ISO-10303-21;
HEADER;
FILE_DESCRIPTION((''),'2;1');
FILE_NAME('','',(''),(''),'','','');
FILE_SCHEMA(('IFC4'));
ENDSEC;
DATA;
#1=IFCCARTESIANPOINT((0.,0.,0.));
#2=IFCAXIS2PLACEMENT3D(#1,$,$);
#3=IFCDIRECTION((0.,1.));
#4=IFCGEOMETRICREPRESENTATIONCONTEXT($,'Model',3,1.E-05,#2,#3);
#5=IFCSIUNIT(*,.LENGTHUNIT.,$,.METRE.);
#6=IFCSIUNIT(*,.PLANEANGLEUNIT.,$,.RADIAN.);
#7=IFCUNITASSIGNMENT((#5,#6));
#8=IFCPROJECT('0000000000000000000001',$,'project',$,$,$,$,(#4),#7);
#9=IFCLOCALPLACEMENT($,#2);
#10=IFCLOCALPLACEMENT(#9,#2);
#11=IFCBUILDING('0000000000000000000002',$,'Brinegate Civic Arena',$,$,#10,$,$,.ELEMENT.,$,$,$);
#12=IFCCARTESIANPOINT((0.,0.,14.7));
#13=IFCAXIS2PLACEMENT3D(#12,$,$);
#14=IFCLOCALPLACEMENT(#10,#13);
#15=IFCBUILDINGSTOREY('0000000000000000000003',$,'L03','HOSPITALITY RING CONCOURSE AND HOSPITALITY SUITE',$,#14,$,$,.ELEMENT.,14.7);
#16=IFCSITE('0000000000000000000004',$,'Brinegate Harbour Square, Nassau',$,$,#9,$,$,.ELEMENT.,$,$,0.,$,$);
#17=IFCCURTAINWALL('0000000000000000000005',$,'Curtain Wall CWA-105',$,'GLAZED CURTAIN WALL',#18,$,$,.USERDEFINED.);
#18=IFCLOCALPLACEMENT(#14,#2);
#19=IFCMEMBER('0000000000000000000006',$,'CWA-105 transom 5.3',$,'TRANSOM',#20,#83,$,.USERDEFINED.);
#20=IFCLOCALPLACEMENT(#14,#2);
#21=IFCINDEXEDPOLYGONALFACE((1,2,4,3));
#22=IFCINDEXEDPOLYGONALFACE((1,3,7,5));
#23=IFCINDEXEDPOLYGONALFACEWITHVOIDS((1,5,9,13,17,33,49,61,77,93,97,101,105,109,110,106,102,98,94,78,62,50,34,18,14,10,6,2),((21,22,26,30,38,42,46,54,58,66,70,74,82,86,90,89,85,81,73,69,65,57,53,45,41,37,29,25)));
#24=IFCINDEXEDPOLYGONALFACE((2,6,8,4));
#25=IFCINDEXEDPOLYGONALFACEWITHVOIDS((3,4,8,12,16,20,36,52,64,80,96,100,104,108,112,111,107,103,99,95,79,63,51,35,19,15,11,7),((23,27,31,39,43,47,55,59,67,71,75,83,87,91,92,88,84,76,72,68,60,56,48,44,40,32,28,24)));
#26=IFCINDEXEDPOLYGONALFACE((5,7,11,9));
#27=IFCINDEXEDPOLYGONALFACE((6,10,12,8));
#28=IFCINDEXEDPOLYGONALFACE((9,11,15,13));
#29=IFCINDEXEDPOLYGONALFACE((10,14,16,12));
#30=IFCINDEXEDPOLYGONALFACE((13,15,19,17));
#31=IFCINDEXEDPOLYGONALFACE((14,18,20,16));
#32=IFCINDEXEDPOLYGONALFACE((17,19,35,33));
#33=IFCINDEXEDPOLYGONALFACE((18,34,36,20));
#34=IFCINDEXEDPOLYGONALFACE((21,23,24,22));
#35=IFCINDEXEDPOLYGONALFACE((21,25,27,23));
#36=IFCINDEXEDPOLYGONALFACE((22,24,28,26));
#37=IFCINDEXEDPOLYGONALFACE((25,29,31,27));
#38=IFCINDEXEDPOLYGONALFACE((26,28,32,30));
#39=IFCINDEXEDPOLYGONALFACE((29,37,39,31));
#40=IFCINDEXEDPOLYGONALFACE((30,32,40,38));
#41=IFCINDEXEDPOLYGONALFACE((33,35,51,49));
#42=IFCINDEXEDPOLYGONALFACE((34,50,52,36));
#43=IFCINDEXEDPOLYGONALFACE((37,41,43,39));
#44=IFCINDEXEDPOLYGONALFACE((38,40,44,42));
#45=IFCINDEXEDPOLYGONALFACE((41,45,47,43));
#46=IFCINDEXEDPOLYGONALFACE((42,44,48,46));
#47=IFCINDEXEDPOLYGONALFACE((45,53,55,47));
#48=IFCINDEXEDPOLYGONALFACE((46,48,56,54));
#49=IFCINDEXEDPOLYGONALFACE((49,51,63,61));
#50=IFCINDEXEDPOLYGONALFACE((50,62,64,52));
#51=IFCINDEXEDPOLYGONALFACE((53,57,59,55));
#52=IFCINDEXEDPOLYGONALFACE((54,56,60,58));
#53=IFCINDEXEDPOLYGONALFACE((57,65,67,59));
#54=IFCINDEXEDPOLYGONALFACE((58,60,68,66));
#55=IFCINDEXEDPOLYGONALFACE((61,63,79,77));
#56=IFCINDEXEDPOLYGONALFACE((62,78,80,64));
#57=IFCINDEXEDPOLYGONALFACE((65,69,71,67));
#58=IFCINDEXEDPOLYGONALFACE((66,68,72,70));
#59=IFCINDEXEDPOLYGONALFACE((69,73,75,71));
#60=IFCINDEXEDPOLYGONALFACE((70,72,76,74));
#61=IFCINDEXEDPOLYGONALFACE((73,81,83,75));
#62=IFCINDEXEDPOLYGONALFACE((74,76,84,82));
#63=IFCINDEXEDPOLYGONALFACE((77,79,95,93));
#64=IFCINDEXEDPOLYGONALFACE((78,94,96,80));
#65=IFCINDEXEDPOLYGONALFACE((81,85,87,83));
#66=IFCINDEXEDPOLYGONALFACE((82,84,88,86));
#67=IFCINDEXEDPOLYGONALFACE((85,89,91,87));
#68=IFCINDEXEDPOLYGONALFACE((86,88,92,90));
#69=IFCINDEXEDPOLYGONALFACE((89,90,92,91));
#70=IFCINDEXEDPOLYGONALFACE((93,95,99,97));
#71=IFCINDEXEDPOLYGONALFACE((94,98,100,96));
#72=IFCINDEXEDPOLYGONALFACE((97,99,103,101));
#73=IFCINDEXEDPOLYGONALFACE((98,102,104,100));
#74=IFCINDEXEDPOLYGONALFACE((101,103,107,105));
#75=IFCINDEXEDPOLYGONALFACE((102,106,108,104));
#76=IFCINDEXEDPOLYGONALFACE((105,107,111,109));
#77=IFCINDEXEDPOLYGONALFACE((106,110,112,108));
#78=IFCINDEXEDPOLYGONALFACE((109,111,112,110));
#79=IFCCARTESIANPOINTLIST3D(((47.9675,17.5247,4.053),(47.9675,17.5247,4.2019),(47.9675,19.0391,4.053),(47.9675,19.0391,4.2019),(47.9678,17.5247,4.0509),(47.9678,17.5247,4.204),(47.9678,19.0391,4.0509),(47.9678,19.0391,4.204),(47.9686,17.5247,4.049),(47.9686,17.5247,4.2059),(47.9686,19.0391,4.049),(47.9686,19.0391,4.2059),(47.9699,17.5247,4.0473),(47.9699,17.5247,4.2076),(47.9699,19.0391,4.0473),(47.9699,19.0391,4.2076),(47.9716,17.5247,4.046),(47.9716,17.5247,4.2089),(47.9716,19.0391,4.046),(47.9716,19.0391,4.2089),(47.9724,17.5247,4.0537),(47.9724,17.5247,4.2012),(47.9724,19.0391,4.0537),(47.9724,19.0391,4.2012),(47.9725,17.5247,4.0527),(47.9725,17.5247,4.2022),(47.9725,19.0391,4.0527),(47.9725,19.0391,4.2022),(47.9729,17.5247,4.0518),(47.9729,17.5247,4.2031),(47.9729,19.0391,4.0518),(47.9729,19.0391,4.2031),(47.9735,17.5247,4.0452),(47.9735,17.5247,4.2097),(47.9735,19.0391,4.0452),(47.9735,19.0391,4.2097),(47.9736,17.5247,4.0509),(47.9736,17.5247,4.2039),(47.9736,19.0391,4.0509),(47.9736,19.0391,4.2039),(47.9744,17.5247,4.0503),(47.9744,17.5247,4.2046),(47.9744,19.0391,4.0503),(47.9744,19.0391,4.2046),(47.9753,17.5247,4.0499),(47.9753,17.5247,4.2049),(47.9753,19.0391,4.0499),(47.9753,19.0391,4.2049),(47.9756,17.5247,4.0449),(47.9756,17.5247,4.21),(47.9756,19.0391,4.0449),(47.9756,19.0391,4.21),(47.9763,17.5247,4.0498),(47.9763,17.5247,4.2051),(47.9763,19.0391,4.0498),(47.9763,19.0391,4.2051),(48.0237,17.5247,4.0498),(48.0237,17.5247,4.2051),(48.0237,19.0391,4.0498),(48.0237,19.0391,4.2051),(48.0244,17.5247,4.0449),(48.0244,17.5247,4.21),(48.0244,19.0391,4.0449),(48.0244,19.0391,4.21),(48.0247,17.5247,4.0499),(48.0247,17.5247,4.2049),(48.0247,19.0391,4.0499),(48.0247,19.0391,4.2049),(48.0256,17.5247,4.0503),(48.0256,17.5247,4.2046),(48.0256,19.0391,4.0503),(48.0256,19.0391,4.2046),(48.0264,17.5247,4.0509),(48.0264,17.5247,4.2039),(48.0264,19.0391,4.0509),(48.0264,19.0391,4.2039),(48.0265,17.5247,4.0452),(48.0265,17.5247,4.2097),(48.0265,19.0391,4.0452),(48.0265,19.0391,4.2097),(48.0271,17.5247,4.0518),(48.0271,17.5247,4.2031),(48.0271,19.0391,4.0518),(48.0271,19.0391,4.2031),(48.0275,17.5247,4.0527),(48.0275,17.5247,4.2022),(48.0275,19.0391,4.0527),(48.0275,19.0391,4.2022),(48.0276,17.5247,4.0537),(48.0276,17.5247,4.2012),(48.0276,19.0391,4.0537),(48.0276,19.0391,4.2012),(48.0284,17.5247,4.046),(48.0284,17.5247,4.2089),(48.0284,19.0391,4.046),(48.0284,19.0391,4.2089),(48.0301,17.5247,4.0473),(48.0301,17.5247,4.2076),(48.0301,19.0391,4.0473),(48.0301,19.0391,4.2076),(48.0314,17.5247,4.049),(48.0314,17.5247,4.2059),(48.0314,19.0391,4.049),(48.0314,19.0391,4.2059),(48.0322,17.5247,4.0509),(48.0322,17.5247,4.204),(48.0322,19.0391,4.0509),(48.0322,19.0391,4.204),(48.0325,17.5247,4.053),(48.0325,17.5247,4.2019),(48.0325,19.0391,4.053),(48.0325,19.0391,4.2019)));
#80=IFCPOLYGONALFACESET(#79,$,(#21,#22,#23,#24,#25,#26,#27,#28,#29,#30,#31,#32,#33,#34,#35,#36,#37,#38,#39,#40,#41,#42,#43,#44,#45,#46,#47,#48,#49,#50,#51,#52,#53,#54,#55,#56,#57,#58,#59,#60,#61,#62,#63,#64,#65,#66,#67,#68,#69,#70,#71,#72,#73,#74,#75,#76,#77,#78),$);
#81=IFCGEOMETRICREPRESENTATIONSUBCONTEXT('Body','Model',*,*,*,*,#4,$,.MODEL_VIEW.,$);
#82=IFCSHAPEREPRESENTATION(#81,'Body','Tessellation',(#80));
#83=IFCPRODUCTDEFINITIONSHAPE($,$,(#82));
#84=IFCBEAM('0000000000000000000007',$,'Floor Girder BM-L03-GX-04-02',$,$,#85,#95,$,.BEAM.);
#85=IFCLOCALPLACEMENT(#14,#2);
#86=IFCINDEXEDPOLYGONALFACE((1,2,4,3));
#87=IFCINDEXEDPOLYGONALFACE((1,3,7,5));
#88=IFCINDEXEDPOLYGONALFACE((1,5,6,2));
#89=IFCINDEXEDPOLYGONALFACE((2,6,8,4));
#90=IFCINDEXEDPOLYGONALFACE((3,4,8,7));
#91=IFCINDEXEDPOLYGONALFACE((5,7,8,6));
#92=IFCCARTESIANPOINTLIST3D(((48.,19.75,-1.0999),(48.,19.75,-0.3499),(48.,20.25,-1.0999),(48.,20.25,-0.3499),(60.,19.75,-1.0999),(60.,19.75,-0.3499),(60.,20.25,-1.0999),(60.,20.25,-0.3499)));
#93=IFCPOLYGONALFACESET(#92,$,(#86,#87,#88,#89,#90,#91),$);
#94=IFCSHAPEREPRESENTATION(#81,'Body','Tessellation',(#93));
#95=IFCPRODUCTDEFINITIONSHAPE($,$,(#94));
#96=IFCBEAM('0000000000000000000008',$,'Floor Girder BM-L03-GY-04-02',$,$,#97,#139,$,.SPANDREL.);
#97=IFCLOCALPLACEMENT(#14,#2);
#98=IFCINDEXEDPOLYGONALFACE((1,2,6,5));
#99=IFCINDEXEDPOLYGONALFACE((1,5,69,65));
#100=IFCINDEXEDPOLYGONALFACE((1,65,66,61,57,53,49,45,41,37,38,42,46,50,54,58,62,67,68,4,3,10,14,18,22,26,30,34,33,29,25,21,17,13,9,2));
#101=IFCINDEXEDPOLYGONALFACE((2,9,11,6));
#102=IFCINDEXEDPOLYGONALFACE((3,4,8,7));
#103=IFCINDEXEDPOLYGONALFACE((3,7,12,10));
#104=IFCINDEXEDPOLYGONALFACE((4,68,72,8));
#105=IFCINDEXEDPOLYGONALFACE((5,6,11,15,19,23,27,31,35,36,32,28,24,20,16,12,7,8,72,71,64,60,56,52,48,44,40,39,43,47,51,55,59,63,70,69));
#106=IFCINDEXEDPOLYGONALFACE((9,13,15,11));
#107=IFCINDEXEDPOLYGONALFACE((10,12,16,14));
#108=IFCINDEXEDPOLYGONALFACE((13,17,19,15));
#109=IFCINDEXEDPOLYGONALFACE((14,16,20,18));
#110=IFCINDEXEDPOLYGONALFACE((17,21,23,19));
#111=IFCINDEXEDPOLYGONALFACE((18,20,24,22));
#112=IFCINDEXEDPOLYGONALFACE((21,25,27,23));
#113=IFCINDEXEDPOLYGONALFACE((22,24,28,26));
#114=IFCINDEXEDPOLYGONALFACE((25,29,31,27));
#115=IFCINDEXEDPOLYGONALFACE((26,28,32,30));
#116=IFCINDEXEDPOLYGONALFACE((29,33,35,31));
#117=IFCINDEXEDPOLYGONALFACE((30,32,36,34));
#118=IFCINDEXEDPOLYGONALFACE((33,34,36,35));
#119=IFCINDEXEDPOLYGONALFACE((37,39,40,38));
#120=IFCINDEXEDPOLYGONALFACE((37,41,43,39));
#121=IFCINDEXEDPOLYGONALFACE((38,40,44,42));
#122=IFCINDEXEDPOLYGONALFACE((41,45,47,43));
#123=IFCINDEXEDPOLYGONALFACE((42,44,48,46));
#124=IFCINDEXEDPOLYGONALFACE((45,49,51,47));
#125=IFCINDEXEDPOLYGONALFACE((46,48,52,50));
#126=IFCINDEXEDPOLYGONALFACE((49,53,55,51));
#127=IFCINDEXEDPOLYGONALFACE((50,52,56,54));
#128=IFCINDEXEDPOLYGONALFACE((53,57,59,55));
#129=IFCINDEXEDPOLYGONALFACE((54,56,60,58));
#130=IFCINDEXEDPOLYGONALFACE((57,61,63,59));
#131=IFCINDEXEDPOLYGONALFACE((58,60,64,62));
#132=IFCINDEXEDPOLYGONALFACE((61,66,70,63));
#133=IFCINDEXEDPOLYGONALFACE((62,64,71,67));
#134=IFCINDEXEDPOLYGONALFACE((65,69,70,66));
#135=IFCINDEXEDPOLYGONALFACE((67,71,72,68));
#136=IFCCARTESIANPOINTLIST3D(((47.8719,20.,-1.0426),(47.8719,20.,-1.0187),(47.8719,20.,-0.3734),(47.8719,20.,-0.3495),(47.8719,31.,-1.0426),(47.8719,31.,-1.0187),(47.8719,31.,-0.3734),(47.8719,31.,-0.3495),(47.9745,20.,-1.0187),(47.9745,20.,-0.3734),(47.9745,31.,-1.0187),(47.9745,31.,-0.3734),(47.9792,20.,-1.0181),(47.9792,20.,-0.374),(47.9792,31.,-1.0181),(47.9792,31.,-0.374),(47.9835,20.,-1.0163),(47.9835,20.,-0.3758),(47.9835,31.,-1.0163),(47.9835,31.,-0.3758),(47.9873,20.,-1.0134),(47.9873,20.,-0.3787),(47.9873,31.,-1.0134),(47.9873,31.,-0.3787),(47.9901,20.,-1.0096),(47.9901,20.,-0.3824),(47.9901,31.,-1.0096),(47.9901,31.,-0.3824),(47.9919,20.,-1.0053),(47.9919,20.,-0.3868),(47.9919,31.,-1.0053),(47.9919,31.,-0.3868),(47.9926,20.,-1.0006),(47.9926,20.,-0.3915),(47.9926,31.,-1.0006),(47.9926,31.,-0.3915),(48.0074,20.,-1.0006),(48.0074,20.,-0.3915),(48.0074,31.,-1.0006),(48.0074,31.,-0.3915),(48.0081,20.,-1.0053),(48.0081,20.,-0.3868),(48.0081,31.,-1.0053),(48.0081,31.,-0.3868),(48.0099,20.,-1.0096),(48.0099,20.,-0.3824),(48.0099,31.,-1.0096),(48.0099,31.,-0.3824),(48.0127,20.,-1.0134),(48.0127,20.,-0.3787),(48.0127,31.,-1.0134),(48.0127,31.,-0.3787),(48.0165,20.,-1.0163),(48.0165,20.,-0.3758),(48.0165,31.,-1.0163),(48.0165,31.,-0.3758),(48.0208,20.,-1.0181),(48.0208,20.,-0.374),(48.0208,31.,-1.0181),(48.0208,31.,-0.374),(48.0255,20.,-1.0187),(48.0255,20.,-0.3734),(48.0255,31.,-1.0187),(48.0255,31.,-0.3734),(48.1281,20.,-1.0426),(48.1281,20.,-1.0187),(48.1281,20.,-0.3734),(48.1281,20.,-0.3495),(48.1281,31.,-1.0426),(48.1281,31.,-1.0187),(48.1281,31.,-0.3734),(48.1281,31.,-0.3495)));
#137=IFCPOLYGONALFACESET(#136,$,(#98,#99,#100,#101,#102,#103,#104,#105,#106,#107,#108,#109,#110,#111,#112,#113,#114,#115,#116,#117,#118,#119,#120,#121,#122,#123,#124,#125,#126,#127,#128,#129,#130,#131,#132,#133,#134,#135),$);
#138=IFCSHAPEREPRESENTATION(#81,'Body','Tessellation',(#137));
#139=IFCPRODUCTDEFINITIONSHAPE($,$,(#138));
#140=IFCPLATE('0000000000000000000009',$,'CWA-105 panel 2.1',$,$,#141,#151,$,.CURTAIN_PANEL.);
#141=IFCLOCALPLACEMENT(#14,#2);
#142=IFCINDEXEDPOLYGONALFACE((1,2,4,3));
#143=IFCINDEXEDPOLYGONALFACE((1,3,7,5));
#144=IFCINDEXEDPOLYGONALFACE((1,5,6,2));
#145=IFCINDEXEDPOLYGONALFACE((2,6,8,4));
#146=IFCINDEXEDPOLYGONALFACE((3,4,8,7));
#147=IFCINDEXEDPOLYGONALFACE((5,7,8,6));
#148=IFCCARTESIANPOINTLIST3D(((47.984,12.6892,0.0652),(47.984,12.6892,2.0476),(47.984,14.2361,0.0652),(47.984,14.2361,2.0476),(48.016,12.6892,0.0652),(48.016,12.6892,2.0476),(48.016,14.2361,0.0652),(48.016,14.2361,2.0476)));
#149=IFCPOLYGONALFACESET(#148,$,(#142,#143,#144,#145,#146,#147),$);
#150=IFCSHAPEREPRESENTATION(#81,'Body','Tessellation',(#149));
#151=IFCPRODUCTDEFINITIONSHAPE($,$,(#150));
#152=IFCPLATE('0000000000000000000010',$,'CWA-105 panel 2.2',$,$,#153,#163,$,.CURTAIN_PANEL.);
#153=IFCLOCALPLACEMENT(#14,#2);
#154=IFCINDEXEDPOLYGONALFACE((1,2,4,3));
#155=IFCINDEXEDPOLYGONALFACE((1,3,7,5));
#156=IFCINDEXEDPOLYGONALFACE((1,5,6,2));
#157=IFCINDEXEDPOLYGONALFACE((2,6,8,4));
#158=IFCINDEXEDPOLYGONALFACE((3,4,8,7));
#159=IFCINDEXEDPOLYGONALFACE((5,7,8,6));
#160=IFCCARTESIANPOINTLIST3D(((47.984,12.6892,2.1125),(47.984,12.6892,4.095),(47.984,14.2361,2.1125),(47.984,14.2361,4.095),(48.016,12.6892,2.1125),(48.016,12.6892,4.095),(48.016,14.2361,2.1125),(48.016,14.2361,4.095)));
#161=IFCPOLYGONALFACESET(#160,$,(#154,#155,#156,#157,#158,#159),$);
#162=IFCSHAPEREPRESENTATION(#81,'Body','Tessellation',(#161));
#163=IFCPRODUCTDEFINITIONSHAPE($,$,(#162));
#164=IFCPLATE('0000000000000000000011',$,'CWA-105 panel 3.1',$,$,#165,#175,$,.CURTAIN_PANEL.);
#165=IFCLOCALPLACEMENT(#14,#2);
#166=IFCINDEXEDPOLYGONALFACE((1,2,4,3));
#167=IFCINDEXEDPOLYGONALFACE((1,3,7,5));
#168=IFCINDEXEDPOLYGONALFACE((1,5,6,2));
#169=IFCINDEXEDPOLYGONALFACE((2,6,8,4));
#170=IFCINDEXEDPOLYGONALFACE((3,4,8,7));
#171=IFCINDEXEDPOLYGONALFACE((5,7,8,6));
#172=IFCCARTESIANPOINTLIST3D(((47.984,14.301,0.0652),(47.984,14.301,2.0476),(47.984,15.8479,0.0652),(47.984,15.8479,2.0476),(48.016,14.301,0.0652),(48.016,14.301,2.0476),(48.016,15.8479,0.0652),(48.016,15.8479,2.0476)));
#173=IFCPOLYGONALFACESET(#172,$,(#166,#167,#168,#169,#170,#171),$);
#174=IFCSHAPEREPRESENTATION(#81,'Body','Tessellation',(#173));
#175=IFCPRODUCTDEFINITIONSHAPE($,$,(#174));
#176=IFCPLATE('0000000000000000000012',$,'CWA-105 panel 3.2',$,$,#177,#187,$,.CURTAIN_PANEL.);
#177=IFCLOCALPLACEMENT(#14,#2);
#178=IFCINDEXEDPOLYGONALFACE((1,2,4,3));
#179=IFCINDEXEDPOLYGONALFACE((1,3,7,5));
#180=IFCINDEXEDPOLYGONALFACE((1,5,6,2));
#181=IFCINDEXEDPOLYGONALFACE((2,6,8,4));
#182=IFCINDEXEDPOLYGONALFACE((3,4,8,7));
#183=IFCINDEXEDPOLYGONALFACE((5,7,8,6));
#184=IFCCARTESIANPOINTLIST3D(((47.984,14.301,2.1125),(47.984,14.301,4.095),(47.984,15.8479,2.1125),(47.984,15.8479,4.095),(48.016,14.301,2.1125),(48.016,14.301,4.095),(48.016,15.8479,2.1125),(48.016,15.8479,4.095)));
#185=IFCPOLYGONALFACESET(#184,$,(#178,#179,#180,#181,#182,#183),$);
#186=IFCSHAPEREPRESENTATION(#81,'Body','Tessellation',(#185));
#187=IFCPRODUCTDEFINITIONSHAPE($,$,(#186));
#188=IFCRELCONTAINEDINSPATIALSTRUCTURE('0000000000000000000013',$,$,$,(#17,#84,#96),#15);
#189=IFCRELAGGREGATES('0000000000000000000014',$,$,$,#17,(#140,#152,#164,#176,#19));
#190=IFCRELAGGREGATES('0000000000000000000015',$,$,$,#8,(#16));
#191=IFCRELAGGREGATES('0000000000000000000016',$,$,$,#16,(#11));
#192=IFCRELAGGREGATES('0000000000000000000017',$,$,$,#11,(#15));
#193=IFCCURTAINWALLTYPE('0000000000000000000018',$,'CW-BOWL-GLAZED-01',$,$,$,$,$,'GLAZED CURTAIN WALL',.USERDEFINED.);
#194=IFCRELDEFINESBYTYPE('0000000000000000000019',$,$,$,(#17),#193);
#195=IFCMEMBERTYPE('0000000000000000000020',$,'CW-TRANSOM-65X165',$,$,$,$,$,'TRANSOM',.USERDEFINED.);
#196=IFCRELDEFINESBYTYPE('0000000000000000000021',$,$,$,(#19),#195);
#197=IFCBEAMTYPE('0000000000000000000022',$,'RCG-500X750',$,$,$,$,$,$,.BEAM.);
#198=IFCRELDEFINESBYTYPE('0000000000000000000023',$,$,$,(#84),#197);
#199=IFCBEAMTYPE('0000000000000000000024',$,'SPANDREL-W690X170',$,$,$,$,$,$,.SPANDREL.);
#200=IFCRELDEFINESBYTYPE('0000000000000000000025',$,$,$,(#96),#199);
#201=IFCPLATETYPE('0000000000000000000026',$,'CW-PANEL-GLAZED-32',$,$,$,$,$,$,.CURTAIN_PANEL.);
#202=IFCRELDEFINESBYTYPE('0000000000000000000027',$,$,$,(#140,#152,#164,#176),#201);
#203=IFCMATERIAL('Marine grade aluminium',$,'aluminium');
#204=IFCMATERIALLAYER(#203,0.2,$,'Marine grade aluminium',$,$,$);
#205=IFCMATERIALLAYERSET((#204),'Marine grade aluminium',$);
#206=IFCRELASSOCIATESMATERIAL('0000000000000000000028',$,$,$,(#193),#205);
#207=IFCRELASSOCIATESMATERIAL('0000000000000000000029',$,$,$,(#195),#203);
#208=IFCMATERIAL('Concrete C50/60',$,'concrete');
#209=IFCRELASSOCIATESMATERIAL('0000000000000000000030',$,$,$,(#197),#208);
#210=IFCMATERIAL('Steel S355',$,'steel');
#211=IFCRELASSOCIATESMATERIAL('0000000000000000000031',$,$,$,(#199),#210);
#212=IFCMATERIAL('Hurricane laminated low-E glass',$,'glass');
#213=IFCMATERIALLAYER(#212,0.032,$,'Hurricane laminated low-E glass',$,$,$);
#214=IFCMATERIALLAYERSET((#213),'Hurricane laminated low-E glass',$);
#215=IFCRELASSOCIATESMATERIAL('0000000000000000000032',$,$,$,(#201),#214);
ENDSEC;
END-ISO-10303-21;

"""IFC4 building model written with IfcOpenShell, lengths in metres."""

from ifc_helpers import new_model, si_unit, direction, frame, origin, origin_2d, place, context, subcontext, project, spatial, rectangle, hollow_rectangle, i_section, extrude, material, layer, layer_set, material_profile, profile_set, type_object, element, aggregate, save


model = new_model("IFC4")

# Units and contexts
model_context = context("Model", 3, precision=1e-05, world=origin(), true_north=direction((0.0, 1.0)))
body_context = subcontext(model_context, "Body", "Model", "MODEL_VIEW")
ifc_project = project(units=[si_unit("LENGTHUNIT", "METRE"), si_unit("PLANEANGLEUNIT", "RADIAN")], contexts=[model_context])

# Site, building, storey
site_placement = place(None, origin())
site = spatial("IfcSite", under=ifc_project, at=site_placement, Name="Brinegate Harbour Square, Nassau", CompositionType="ELEMENT", RefElevation=0.0)
building_placement = place(site_placement, origin())
building = spatial("IfcBuilding", under=site, at=building_placement, Name="Brinegate Civic Arena", CompositionType="ELEMENT")
storey_placement = place(building_placement, frame((0.0, 0.0, 14.7)))
storey = spatial("IfcBuildingStorey", under=building, at=storey_placement, Name="L03", Description="HOSPITALITY RING CONCOURSE AND HOSPITALITY SUITE", CompositionType="ELEMENT", Elevation=14.7)

# Shared definitions
ifc_material_1 = material(Name="Steel S355", Category="steel")

# Curtain wall
ifc_material_2 = material(Name="Marine grade aluminium", Category="aluminium")
ifc_layer_1 = layer(ifc_material_2, 0.2, Name="Marine grade aluminium")
ifc_layer_set_1 = layer_set([ifc_layer_1], Name="Marine grade aluminium")
curtain_wall_type = type_object("IfcCurtainWallType", Name="CW-BOWL-GLAZED-01", ElementType="GLAZED CURTAIN WALL", PredefinedType="USERDEFINED", material=ifc_layer_set_1)
curtain_wall_1_placement = place(storey_placement, origin())
curtain_wall_1 = element("IfcCurtainWall", 1, at=curtain_wall_1_placement, inside=storey, type_object=curtain_wall_type, Name="Curtain Wall CWA-105", ObjectType="GLAZED CURTAIN WALL", PredefinedType="USERDEFINED")

# Member
ifc_material_profile_1 = material_profile(ifc_material_2, hollow_rectangle(XDim=0.0649, YDim=0.165, WallThickness=0.0049, InnerFilletRadius=0.0039, OuterFilletRadius=0.0081, at=origin_2d()), Name="TRN65X165")
ifc_profile_set_1 = profile_set([ifc_material_profile_1], Name="Marine grade aluminium")
member_type_1 = type_object("IfcMemberType", Name="CW-TRANSOM-65X165", ElementType="TRANSOM", PredefinedType="USERDEFINED", material=ifc_profile_set_1)
member_1_placement = place(storey_placement, frame((48.0, 17.5247, 4.1274), z_axis=(0.0, 1.0, 0.0), x_axis=(-1.0, 0.0, 0.0)))
member_1 = element("IfcMember", 2, at=member_1_placement, type_object=member_type_1, Name="CWA-105 transom 5.3", ObjectType="TRANSOM", PredefinedType="USERDEFINED", context=body_context, shape_type="SweptSolid", body=[
    extrude(hollow_rectangle(XDim=0.0649, YDim=0.165, WallThickness=0.0049, InnerFilletRadius=0.0039, OuterFilletRadius=0.0081, at=origin_2d()), origin(), (0.0, 0.0, 1.0), 1.5144),
])

# Beams
ifc_material_3 = material(Name="Concrete C50/60", Category="concrete")
ifc_material_profile_2 = material_profile(ifc_material_3, rectangle(XDim=0.5, YDim=0.75, at=origin_2d()), Name="RCB500X750")
ifc_profile_set_2 = profile_set([ifc_material_profile_2], Name="Concrete C50/60")
beam_type_1 = type_object("IfcBeamType", Name="RCG-500X750", PredefinedType="BEAM", material=ifc_profile_set_2)
beam_1_placement = place(storey_placement, frame((48.0, 20.0, -0.7249), z_axis=(1.0, 0.0, 0.0), x_axis=(0.0, 1.0, 0.0)))
element("IfcBeam", 3, at=beam_1_placement, inside=storey, type_object=beam_type_1, Name="Floor Girder BM-L03-GX-04-02", PredefinedType="BEAM", context=body_context, shape_type="SweptSolid", body=[
    extrude(rectangle(XDim=0.5, YDim=0.75, at=origin_2d()), origin(), (0.0, 0.0, 1.0), 12.0),
])
ifc_material_profile_3 = material_profile(ifc_material_1, i_section(OverallWidth=0.2561, OverallDepth=0.6931, WebThickness=0.0149, FlangeThickness=0.0239, FilletRadius=0.0181, at=origin_2d()), Name="W690X170")
ifc_profile_set_3 = profile_set([ifc_material_profile_3], Name="Steel S355")
beam_type_2 = type_object("IfcBeamType", Name="SPANDREL-W690X170", PredefinedType="SPANDREL", material=ifc_profile_set_3)
beam_2_placement = place(storey_placement, frame((48.0, 20.0, -0.696), z_axis=(0.0, 1.0, 0.0), x_axis=(-1.0, 0.0, 0.0)))
element("IfcBeam", 4, at=beam_2_placement, inside=storey, type_object=beam_type_2, Name="Floor Girder BM-L03-GY-04-02", PredefinedType="SPANDREL", context=body_context, shape_type="SweptSolid", body=[
    extrude(i_section(OverallWidth=0.2561, OverallDepth=0.6931, WebThickness=0.0149, FlangeThickness=0.0239, FilletRadius=0.0181, at=origin_2d()), origin(), (0.0, 0.0, 1.0), 11.0),
])

# Plates
ifc_material_4 = material(Name="Hurricane laminated low-E glass", Category="glass")
ifc_layer_2 = layer(ifc_material_4, 0.032, Name="Hurricane laminated low-E glass")
ifc_layer_set_2 = layer_set([ifc_layer_2], Name="Hurricane laminated low-E glass")
plate_type_1 = type_object("IfcPlateType", Name="CW-PANEL-GLAZED-32", PredefinedType="CURTAIN_PANEL", material=ifc_layer_set_2)
plate_1_placement = place(storey_placement, frame((48.0, 13.4626, 0.0652), z_axis=(0.0, 0.0, 1.0), x_axis=(0.0, 1.0, 0.0)))
plate_1 = element("IfcPlate", 5, at=plate_1_placement, type_object=plate_type_1, Name="CWA-105 panel 2.1", PredefinedType="CURTAIN_PANEL", context=body_context, shape_type="SweptSolid", body=[
    extrude(rectangle(XDim=1.5469, YDim=0.032, at=origin_2d()), origin(), (0.0, 0.0, 1.0), 1.9824),
])
plate_2_placement = place(storey_placement, frame((48.0, 13.4626, 2.1125), z_axis=(0.0, 0.0, 1.0), x_axis=(0.0, 1.0, 0.0)))
plate_2 = element("IfcPlate", 6, at=plate_2_placement, type_object=plate_type_1, Name="CWA-105 panel 2.2", PredefinedType="CURTAIN_PANEL", context=body_context, shape_type="SweptSolid", body=[
    extrude(rectangle(XDim=1.5469, YDim=0.032, at=origin_2d()), origin(), (0.0, 0.0, 1.0), 1.9824),
])
plate_3_placement = place(storey_placement, frame((48.0, 15.0745, 0.0652), z_axis=(0.0, 0.0, 1.0), x_axis=(0.0, 1.0, 0.0)))
plate_3 = element("IfcPlate", 7, at=plate_3_placement, type_object=plate_type_1, Name="CWA-105 panel 3.1", PredefinedType="CURTAIN_PANEL", context=body_context, shape_type="SweptSolid", body=[
    extrude(rectangle(XDim=1.5469, YDim=0.032, at=origin_2d()), origin(), (0.0, 0.0, 1.0), 1.9824),
])
plate_4_placement = place(storey_placement, frame((48.0, 15.0745, 2.1125), z_axis=(0.0, 0.0, 1.0), x_axis=(0.0, 1.0, 0.0)))
plate_4 = element("IfcPlate", 8, at=plate_4_placement, type_object=plate_type_1, Name="CWA-105 panel 3.2", PredefinedType="CURTAIN_PANEL", context=body_context, shape_type="SweptSolid", body=[
    extrude(rectangle(XDim=1.5469, YDim=0.032, at=origin_2d()), origin(), (0.0, 0.0, 1.0), 1.9824),
])
aggregate(curtain_wall_1, [plate_1, plate_2, plate_3, plate_4, member_1])

save(model, "model.ifc")
